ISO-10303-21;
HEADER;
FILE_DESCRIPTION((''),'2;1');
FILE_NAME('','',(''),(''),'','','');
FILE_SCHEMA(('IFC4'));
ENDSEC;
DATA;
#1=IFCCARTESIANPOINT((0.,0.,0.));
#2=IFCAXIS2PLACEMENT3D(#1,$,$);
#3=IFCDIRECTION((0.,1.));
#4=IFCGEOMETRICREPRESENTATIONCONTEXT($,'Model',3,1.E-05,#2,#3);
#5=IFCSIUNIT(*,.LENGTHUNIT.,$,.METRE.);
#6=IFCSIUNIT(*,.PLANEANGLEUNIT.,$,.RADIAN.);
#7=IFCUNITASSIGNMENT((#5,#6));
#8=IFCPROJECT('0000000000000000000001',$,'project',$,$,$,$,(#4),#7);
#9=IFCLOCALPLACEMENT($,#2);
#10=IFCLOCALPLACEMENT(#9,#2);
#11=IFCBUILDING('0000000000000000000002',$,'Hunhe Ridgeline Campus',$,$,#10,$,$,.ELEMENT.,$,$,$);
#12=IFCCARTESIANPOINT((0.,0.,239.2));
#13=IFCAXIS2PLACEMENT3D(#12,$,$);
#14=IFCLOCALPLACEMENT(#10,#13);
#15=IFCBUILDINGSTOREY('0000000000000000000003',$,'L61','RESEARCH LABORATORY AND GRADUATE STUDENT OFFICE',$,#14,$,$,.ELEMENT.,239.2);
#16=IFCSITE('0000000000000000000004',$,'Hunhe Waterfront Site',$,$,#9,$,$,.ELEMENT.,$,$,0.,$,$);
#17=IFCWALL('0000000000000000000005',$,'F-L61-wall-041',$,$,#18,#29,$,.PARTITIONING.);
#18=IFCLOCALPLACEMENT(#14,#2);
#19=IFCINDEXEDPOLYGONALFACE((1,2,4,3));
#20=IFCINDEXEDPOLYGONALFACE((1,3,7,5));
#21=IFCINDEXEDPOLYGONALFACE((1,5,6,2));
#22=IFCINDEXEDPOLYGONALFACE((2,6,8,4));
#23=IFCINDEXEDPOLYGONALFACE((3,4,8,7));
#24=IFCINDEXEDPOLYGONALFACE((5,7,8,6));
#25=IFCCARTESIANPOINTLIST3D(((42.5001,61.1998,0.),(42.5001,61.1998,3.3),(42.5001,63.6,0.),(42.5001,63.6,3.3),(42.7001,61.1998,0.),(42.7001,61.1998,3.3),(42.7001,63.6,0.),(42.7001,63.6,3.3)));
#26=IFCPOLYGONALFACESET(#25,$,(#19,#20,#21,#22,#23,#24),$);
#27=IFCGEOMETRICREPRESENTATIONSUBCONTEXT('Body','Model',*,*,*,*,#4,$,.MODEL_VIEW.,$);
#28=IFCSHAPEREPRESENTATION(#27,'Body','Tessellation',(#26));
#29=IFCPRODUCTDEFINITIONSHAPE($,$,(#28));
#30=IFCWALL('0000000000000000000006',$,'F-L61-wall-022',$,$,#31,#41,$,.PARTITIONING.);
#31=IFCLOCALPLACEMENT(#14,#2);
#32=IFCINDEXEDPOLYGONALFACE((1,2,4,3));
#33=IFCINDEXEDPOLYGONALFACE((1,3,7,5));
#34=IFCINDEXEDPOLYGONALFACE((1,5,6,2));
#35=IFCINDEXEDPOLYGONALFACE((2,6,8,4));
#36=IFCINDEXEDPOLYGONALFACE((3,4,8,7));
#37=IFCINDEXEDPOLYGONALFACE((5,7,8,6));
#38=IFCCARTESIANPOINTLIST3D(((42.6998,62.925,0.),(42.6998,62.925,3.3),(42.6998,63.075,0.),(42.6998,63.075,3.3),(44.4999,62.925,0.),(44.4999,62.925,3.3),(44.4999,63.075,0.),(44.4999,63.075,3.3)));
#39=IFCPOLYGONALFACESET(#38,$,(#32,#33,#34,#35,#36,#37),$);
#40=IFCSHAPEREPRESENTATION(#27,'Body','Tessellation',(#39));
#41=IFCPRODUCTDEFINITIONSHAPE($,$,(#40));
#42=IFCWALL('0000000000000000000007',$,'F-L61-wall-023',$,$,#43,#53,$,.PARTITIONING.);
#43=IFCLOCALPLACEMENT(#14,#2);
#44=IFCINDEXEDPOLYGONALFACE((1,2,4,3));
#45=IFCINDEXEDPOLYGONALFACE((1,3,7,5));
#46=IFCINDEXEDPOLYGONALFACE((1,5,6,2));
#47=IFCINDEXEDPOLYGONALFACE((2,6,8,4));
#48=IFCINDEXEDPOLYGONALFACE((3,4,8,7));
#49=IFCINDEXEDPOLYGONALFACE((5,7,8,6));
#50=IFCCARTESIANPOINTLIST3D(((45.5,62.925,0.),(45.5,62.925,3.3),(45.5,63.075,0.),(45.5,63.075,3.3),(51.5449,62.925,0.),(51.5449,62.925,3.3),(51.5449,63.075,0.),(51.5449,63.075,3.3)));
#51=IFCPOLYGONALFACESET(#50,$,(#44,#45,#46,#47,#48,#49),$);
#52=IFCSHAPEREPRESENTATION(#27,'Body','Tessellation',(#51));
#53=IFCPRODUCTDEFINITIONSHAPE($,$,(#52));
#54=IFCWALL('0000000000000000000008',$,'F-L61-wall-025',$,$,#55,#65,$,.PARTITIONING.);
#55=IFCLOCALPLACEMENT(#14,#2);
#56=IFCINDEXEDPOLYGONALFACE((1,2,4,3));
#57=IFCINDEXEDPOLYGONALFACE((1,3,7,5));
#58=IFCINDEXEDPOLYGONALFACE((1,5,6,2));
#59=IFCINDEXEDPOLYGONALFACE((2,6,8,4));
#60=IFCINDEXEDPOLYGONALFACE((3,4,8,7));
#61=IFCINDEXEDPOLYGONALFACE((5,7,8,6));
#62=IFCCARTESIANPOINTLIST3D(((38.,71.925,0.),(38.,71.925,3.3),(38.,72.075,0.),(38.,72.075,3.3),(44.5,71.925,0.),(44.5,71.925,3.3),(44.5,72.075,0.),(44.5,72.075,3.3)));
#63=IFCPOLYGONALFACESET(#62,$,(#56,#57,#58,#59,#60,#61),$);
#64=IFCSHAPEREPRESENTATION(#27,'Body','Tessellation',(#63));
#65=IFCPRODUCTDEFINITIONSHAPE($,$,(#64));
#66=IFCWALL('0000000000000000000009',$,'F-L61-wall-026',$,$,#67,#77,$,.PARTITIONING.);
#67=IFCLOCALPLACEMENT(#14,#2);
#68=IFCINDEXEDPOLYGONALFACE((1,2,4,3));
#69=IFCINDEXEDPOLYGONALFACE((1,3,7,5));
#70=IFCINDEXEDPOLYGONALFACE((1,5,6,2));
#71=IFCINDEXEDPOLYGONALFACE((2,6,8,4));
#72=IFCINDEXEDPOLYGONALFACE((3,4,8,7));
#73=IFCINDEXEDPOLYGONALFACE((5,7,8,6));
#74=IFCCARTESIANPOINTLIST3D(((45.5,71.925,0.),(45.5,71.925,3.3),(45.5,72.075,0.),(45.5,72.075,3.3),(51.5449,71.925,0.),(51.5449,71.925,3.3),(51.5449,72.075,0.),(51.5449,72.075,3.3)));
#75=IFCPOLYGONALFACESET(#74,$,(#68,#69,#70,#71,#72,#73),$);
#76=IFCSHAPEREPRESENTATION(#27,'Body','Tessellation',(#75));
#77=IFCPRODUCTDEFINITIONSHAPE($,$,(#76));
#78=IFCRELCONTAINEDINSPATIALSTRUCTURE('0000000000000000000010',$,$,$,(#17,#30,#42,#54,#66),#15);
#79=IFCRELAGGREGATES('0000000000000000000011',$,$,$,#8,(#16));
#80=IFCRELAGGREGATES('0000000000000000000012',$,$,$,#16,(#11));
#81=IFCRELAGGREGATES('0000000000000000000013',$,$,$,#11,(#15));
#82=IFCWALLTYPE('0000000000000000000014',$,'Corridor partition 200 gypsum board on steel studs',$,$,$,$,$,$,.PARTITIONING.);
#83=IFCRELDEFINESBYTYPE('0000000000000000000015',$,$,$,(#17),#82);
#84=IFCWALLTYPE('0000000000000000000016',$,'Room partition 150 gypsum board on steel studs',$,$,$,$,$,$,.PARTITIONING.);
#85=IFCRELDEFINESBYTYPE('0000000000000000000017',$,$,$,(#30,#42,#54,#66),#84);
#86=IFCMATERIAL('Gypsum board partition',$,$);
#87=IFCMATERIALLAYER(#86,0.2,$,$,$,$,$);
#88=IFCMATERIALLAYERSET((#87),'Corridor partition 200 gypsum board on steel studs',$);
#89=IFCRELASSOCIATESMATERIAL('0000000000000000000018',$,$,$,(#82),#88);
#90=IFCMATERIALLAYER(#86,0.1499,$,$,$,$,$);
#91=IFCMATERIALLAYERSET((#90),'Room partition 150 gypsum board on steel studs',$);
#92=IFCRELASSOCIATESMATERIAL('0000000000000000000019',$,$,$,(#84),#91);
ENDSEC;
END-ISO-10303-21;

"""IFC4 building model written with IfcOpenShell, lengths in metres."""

from ifc_helpers import new_model, si_unit, direction, frame, frame_2d, origin, place, context, subcontext, project, spatial, rectangle, extrude, material, layer, layer_set, type_object, element, save


model = new_model("IFC4")

# Units and contexts
model_context = context("Model", 3, precision=1e-05, world=origin(), true_north=direction((0.0, 1.0)))
body_context = subcontext(model_context, "Body", "Model", "MODEL_VIEW")
ifc_project = project(units=[si_unit("LENGTHUNIT", "METRE"), si_unit("PLANEANGLEUNIT", "RADIAN")], contexts=[model_context])

# Site, building, storey
site_placement = place(None, origin())
site = spatial("IfcSite", under=ifc_project, at=site_placement, Name="Hunhe Waterfront Site", CompositionType="ELEMENT", RefElevation=0.0)
building_placement = place(site_placement, origin())
building = spatial("IfcBuilding", under=site, at=building_placement, Name="Hunhe Ridgeline Campus", CompositionType="ELEMENT")
storey_placement = place(building_placement, frame((0.0, 0.0, 239.2)))
storey = spatial("IfcBuildingStorey", under=building, at=storey_placement, Name="L61", Description="RESEARCH LABORATORY AND GRADUATE STUDENT OFFICE", CompositionType="ELEMENT", Elevation=239.2)

# Walls
ifc_material_1 = material(Name="Gypsum board partition")
ifc_layer_1 = layer(ifc_material_1, 0.2)
ifc_layer_set_1 = layer_set([ifc_layer_1], Name="Corridor partition 200 gypsum board on steel studs")
wall_type_1 = type_object("IfcWallType", Name="Corridor partition 200 gypsum board on steel studs", PredefinedType="PARTITIONING", material=ifc_layer_set_1)
wall_1_placement = place(storey_placement, frame((42.6001, 63.6001, 0.0), z_axis=(0.0, 0.0, 1.0), x_axis=(0.0, -1.0, 0.0)))
element("IfcWall", 1, at=wall_1_placement, inside=storey, type_object=wall_type_1, Name="F-L61-wall-041", PredefinedType="PARTITIONING", context=body_context, shape_type="SweptSolid", body=[
    extrude(rectangle(XDim=2.4001, YDim=0.2, at=frame_2d((1.2002, 0.0))), origin(), (0.0, 0.0, 1.0), 3.3),
])
ifc_layer_2 = layer(ifc_material_1, 0.1499)
ifc_layer_set_2 = layer_set([ifc_layer_2], Name="Room partition 150 gypsum board on steel studs")
wall_type_2 = type_object("IfcWallType", Name="Room partition 150 gypsum board on steel studs", PredefinedType="PARTITIONING", material=ifc_layer_set_2)
wall_2_placement = place(storey_placement, frame((42.7, 63.0, 0.0), z_axis=(0.0, 0.0, 1.0), x_axis=(1.0, 0.0, 0.0)))
element("IfcWall", 2, at=wall_2_placement, inside=storey, type_object=wall_type_2, Name="F-L61-wall-022", PredefinedType="PARTITIONING", context=body_context, shape_type="SweptSolid", body=[
    extrude(rectangle(XDim=1.8, YDim=0.1499, at=frame_2d((0.8999, 0.0))), origin(), (0.0, 0.0, 1.0), 3.3),
])
wall_3_placement = place(storey_placement, frame((45.5, 63.0, 0.0), z_axis=(0.0, 0.0, 1.0), x_axis=(1.0, 0.0, 0.0)))
element("IfcWall", 3, at=wall_3_placement, inside=storey, type_object=wall_type_2, Name="F-L61-wall-023", PredefinedType="PARTITIONING", context=body_context, shape_type="SweptSolid", body=[
    extrude(rectangle(XDim=6.0449, YDim=0.1499, at=frame_2d((3.0225, 0.0))), origin(), (0.0, 0.0, 1.0), 3.3),
])
wall_4_placement = place(storey_placement, frame((38.0, 72.0, 0.0), z_axis=(0.0, 0.0, 1.0), x_axis=(1.0, 0.0, 0.0)))
element("IfcWall", 4, at=wall_4_placement, inside=storey, type_object=wall_type_2, Name="F-L61-wall-025", PredefinedType="PARTITIONING", context=body_context, shape_type="SweptSolid", body=[
    extrude(rectangle(XDim=6.5, YDim=0.1499, at=frame_2d((3.25, 0.0))), origin(), (0.0, 0.0, 1.0), 3.3),
])
wall_5_placement = place(storey_placement, frame((45.5, 72.0, 0.0), z_axis=(0.0, 0.0, 1.0), x_axis=(1.0, 0.0, 0.0)))
element("IfcWall", 5, at=wall_5_placement, inside=storey, type_object=wall_type_2, Name="F-L61-wall-026", PredefinedType="PARTITIONING", context=body_context, shape_type="SweptSolid", body=[
    extrude(rectangle(XDim=6.0449, YDim=0.1499, at=frame_2d((3.0225, 0.0))), origin(), (0.0, 0.0, 1.0), 3.3),
])

save(model, "model.ifc")
